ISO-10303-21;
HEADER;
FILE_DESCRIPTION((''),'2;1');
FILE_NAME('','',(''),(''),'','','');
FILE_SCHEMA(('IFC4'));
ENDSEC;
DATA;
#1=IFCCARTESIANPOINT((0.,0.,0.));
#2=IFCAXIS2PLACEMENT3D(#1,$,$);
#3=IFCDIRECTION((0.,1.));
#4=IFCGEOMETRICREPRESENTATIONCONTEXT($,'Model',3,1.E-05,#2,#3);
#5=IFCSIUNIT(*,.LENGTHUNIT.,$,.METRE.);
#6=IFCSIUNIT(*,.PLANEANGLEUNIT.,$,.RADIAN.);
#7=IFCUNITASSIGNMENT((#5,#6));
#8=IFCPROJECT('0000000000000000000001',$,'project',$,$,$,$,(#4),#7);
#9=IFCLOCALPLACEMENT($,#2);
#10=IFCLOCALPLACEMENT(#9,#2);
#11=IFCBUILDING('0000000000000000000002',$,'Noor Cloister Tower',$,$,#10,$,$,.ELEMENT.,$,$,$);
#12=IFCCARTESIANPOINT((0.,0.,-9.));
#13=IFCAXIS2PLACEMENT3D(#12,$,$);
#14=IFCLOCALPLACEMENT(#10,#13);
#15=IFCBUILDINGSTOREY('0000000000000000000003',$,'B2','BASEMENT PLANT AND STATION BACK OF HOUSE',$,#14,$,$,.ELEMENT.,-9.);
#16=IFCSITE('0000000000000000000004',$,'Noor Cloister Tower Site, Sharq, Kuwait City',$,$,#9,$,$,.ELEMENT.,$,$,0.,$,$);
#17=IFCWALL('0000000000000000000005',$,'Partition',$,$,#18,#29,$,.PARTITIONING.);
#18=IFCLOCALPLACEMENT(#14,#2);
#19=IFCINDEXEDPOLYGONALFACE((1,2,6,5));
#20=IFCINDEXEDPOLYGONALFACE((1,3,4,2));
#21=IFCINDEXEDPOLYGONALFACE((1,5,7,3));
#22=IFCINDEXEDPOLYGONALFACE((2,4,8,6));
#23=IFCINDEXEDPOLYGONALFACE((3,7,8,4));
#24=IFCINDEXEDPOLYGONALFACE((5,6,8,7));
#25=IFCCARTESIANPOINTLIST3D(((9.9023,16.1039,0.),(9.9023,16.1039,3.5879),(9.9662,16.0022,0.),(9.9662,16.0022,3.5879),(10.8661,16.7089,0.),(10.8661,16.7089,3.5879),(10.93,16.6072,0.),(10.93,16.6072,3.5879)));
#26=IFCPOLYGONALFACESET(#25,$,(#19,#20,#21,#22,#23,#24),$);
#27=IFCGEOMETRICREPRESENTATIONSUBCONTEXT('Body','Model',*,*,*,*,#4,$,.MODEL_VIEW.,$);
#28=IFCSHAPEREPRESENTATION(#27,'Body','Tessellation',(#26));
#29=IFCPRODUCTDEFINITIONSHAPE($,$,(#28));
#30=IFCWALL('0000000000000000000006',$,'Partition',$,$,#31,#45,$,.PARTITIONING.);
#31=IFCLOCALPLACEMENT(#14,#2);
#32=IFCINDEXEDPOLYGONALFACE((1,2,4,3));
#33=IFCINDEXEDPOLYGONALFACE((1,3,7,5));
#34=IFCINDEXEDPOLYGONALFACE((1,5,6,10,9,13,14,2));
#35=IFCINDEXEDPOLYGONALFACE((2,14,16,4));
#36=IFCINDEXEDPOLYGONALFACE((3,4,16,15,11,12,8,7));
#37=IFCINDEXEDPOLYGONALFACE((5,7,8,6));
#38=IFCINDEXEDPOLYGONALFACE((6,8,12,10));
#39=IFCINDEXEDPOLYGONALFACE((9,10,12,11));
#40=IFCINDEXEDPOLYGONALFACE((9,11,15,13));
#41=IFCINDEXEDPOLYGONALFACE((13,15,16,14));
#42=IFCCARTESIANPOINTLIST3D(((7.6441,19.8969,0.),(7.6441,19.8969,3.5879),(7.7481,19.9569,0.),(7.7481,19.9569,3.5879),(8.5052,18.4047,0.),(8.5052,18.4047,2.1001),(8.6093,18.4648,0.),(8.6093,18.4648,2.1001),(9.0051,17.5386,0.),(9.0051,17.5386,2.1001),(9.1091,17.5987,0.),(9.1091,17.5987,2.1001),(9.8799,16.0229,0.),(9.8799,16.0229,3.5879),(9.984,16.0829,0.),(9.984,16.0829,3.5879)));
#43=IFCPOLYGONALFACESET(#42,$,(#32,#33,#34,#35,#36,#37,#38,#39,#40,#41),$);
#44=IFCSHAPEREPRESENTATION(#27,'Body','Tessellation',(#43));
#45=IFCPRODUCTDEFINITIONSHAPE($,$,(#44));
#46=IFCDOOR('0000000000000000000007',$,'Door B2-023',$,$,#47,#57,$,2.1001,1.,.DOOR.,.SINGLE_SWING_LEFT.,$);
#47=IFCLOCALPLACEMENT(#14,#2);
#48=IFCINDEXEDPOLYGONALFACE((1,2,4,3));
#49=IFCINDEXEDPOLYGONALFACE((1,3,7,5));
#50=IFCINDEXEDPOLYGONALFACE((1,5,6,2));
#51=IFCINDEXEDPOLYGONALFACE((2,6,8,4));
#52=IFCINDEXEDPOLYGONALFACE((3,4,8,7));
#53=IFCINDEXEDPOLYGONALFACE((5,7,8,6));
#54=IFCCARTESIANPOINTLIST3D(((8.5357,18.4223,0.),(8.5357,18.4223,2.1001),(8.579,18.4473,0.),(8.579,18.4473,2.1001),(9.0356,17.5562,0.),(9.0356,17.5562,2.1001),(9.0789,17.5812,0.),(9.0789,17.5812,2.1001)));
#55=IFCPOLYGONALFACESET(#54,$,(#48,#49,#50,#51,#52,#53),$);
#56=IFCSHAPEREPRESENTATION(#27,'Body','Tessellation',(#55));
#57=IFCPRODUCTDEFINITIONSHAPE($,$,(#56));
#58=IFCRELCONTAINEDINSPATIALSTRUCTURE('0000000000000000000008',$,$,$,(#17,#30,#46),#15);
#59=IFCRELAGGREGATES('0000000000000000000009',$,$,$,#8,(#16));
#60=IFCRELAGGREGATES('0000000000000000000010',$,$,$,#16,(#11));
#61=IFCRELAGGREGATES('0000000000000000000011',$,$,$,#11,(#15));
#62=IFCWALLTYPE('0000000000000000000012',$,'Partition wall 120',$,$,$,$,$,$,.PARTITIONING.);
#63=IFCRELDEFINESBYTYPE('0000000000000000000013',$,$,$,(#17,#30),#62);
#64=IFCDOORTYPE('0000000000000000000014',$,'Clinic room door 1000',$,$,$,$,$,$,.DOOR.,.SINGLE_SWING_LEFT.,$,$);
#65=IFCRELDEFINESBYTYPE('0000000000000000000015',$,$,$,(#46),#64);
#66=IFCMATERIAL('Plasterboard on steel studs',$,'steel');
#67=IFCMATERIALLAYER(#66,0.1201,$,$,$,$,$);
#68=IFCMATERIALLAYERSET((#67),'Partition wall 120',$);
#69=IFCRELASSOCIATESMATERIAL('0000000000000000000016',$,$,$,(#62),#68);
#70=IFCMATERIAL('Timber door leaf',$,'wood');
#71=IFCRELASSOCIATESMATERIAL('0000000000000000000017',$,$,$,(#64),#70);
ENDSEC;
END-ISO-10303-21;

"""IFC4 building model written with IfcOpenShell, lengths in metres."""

from ifc_helpers import new_model, si_unit, direction, frame, frame_2d, origin, place, context, subcontext, project, spatial, rectangle, extrude, material, layer, layer_set, type_object, element, fill, save


model = new_model("IFC4")

# Units and contexts
model_context = context("Model", 3, precision=1e-05, world=origin(), true_north=direction((0.0, 1.0)))
body_context = subcontext(model_context, "Body", "Model", "MODEL_VIEW")
ifc_project = project(units=[si_unit("LENGTHUNIT", "METRE"), si_unit("PLANEANGLEUNIT", "RADIAN")], contexts=[model_context])

# Site, building, storey
site_placement = place(None, origin())
site = spatial("IfcSite", under=ifc_project, at=site_placement, Name="Noor Cloister Tower Site, Sharq, Kuwait City", CompositionType="ELEMENT", RefElevation=0.0)
building_placement = place(site_placement, origin())
building = spatial("IfcBuilding", under=site, at=building_placement, Name="Noor Cloister Tower", CompositionType="ELEMENT")
storey_placement = place(building_placement, frame((0.0, 0.0, -9.0)))
storey = spatial("IfcBuildingStorey", under=building, at=storey_placement, Name="B2", Description="BASEMENT PLANT AND STATION BACK OF HOUSE", CompositionType="ELEMENT", Elevation=-9.0)

# Wall
ifc_material_1 = material(Name="Plasterboard on steel studs", Category="steel")
ifc_layer = layer(ifc_material_1, 0.1201)
ifc_layer_set = layer_set([ifc_layer], Name="Partition wall 120")
wall_type = type_object("IfcWallType", Name="Partition wall 120", PredefinedType="PARTITIONING", material=ifc_layer_set)
wall_1_placement = place(storey_placement, frame((10.8979, 16.658, 0.0), z_axis=(0.0, 0.0, 1.0), x_axis=(-0.846984, -0.531618, 0.0)))
element("IfcWall", 1, at=wall_1_placement, inside=storey, type_object=wall_type, Name="Partition", PredefinedType="PARTITIONING", context=body_context, shape_type="SweptSolid", body=[
    extrude(rectangle(XDim=1.1379, YDim=0.1201, at=frame_2d((0.5688, 0.0))), origin(), (0.0, 0.0, 1.0), 3.5879),
])

# Wall, opening, door
wall_2_placement = place(storey_placement, frame((9.9319, 16.053, 0.0), z_axis=(0.0, 0.0, 1.0), x_axis=(-0.499861, 0.866106, 0.0)))
wall_2 = element("IfcWall", 2, at=wall_2_placement, inside=storey, type_object=wall_type, Name="Partition", PredefinedType="PARTITIONING", context=body_context, shape_type="SweptSolid", body=[
    extrude(rectangle(XDim=4.4729, YDim=0.1201, at=frame_2d((2.2363, 0.0))), origin(), (0.0, 0.0, 1.0), 3.5879),
])
opening_placement = place(wall_2_placement, frame((1.75, 0.0, 0.0)))
opening = element("IfcOpeningElement", 3, at=opening_placement, cuts=wall_2, PredefinedType="OPENING", context=body_context, shape_type="SweptSolid", body=[
    extrude(rectangle(XDim=1.0, YDim=2.1001, at=frame_2d((0.5, 1.05))), frame((0.0, 0.0701, 0.0), z_axis=(0.0, -1.0, 0.0), x_axis=(1.0, 0.0, 0.0)), (0.0, 0.0, 1.0), 0.1401),
])
ifc_material_2 = material(Name="Timber door leaf", Category="wood")
door_type = type_object("IfcDoorType", Name="Clinic room door 1000", OperationType="SINGLE_SWING_LEFT", PredefinedType="DOOR", material=ifc_material_2)
door_placement = place(opening_placement, origin())
door = element("IfcDoor", 4, at=door_placement, inside=storey, type_object=door_type, Name="Door B2-023", OperationType="SINGLE_SWING_LEFT", OverallHeight=2.1001, OverallWidth=1.0, PredefinedType="DOOR", context=body_context, shape_type="SweptSolid", body=[
    extrude(rectangle(XDim=1.0, YDim=2.1001, at=frame_2d((0.5, 1.05))), frame((0.0, 0.0249, 0.0), z_axis=(0.0, -1.0, 0.0), x_axis=(1.0, 0.0, 0.0)), (0.0, 0.0, 1.0), 0.05),
])
fill(opening, door)

save(model, "model.ifc")
